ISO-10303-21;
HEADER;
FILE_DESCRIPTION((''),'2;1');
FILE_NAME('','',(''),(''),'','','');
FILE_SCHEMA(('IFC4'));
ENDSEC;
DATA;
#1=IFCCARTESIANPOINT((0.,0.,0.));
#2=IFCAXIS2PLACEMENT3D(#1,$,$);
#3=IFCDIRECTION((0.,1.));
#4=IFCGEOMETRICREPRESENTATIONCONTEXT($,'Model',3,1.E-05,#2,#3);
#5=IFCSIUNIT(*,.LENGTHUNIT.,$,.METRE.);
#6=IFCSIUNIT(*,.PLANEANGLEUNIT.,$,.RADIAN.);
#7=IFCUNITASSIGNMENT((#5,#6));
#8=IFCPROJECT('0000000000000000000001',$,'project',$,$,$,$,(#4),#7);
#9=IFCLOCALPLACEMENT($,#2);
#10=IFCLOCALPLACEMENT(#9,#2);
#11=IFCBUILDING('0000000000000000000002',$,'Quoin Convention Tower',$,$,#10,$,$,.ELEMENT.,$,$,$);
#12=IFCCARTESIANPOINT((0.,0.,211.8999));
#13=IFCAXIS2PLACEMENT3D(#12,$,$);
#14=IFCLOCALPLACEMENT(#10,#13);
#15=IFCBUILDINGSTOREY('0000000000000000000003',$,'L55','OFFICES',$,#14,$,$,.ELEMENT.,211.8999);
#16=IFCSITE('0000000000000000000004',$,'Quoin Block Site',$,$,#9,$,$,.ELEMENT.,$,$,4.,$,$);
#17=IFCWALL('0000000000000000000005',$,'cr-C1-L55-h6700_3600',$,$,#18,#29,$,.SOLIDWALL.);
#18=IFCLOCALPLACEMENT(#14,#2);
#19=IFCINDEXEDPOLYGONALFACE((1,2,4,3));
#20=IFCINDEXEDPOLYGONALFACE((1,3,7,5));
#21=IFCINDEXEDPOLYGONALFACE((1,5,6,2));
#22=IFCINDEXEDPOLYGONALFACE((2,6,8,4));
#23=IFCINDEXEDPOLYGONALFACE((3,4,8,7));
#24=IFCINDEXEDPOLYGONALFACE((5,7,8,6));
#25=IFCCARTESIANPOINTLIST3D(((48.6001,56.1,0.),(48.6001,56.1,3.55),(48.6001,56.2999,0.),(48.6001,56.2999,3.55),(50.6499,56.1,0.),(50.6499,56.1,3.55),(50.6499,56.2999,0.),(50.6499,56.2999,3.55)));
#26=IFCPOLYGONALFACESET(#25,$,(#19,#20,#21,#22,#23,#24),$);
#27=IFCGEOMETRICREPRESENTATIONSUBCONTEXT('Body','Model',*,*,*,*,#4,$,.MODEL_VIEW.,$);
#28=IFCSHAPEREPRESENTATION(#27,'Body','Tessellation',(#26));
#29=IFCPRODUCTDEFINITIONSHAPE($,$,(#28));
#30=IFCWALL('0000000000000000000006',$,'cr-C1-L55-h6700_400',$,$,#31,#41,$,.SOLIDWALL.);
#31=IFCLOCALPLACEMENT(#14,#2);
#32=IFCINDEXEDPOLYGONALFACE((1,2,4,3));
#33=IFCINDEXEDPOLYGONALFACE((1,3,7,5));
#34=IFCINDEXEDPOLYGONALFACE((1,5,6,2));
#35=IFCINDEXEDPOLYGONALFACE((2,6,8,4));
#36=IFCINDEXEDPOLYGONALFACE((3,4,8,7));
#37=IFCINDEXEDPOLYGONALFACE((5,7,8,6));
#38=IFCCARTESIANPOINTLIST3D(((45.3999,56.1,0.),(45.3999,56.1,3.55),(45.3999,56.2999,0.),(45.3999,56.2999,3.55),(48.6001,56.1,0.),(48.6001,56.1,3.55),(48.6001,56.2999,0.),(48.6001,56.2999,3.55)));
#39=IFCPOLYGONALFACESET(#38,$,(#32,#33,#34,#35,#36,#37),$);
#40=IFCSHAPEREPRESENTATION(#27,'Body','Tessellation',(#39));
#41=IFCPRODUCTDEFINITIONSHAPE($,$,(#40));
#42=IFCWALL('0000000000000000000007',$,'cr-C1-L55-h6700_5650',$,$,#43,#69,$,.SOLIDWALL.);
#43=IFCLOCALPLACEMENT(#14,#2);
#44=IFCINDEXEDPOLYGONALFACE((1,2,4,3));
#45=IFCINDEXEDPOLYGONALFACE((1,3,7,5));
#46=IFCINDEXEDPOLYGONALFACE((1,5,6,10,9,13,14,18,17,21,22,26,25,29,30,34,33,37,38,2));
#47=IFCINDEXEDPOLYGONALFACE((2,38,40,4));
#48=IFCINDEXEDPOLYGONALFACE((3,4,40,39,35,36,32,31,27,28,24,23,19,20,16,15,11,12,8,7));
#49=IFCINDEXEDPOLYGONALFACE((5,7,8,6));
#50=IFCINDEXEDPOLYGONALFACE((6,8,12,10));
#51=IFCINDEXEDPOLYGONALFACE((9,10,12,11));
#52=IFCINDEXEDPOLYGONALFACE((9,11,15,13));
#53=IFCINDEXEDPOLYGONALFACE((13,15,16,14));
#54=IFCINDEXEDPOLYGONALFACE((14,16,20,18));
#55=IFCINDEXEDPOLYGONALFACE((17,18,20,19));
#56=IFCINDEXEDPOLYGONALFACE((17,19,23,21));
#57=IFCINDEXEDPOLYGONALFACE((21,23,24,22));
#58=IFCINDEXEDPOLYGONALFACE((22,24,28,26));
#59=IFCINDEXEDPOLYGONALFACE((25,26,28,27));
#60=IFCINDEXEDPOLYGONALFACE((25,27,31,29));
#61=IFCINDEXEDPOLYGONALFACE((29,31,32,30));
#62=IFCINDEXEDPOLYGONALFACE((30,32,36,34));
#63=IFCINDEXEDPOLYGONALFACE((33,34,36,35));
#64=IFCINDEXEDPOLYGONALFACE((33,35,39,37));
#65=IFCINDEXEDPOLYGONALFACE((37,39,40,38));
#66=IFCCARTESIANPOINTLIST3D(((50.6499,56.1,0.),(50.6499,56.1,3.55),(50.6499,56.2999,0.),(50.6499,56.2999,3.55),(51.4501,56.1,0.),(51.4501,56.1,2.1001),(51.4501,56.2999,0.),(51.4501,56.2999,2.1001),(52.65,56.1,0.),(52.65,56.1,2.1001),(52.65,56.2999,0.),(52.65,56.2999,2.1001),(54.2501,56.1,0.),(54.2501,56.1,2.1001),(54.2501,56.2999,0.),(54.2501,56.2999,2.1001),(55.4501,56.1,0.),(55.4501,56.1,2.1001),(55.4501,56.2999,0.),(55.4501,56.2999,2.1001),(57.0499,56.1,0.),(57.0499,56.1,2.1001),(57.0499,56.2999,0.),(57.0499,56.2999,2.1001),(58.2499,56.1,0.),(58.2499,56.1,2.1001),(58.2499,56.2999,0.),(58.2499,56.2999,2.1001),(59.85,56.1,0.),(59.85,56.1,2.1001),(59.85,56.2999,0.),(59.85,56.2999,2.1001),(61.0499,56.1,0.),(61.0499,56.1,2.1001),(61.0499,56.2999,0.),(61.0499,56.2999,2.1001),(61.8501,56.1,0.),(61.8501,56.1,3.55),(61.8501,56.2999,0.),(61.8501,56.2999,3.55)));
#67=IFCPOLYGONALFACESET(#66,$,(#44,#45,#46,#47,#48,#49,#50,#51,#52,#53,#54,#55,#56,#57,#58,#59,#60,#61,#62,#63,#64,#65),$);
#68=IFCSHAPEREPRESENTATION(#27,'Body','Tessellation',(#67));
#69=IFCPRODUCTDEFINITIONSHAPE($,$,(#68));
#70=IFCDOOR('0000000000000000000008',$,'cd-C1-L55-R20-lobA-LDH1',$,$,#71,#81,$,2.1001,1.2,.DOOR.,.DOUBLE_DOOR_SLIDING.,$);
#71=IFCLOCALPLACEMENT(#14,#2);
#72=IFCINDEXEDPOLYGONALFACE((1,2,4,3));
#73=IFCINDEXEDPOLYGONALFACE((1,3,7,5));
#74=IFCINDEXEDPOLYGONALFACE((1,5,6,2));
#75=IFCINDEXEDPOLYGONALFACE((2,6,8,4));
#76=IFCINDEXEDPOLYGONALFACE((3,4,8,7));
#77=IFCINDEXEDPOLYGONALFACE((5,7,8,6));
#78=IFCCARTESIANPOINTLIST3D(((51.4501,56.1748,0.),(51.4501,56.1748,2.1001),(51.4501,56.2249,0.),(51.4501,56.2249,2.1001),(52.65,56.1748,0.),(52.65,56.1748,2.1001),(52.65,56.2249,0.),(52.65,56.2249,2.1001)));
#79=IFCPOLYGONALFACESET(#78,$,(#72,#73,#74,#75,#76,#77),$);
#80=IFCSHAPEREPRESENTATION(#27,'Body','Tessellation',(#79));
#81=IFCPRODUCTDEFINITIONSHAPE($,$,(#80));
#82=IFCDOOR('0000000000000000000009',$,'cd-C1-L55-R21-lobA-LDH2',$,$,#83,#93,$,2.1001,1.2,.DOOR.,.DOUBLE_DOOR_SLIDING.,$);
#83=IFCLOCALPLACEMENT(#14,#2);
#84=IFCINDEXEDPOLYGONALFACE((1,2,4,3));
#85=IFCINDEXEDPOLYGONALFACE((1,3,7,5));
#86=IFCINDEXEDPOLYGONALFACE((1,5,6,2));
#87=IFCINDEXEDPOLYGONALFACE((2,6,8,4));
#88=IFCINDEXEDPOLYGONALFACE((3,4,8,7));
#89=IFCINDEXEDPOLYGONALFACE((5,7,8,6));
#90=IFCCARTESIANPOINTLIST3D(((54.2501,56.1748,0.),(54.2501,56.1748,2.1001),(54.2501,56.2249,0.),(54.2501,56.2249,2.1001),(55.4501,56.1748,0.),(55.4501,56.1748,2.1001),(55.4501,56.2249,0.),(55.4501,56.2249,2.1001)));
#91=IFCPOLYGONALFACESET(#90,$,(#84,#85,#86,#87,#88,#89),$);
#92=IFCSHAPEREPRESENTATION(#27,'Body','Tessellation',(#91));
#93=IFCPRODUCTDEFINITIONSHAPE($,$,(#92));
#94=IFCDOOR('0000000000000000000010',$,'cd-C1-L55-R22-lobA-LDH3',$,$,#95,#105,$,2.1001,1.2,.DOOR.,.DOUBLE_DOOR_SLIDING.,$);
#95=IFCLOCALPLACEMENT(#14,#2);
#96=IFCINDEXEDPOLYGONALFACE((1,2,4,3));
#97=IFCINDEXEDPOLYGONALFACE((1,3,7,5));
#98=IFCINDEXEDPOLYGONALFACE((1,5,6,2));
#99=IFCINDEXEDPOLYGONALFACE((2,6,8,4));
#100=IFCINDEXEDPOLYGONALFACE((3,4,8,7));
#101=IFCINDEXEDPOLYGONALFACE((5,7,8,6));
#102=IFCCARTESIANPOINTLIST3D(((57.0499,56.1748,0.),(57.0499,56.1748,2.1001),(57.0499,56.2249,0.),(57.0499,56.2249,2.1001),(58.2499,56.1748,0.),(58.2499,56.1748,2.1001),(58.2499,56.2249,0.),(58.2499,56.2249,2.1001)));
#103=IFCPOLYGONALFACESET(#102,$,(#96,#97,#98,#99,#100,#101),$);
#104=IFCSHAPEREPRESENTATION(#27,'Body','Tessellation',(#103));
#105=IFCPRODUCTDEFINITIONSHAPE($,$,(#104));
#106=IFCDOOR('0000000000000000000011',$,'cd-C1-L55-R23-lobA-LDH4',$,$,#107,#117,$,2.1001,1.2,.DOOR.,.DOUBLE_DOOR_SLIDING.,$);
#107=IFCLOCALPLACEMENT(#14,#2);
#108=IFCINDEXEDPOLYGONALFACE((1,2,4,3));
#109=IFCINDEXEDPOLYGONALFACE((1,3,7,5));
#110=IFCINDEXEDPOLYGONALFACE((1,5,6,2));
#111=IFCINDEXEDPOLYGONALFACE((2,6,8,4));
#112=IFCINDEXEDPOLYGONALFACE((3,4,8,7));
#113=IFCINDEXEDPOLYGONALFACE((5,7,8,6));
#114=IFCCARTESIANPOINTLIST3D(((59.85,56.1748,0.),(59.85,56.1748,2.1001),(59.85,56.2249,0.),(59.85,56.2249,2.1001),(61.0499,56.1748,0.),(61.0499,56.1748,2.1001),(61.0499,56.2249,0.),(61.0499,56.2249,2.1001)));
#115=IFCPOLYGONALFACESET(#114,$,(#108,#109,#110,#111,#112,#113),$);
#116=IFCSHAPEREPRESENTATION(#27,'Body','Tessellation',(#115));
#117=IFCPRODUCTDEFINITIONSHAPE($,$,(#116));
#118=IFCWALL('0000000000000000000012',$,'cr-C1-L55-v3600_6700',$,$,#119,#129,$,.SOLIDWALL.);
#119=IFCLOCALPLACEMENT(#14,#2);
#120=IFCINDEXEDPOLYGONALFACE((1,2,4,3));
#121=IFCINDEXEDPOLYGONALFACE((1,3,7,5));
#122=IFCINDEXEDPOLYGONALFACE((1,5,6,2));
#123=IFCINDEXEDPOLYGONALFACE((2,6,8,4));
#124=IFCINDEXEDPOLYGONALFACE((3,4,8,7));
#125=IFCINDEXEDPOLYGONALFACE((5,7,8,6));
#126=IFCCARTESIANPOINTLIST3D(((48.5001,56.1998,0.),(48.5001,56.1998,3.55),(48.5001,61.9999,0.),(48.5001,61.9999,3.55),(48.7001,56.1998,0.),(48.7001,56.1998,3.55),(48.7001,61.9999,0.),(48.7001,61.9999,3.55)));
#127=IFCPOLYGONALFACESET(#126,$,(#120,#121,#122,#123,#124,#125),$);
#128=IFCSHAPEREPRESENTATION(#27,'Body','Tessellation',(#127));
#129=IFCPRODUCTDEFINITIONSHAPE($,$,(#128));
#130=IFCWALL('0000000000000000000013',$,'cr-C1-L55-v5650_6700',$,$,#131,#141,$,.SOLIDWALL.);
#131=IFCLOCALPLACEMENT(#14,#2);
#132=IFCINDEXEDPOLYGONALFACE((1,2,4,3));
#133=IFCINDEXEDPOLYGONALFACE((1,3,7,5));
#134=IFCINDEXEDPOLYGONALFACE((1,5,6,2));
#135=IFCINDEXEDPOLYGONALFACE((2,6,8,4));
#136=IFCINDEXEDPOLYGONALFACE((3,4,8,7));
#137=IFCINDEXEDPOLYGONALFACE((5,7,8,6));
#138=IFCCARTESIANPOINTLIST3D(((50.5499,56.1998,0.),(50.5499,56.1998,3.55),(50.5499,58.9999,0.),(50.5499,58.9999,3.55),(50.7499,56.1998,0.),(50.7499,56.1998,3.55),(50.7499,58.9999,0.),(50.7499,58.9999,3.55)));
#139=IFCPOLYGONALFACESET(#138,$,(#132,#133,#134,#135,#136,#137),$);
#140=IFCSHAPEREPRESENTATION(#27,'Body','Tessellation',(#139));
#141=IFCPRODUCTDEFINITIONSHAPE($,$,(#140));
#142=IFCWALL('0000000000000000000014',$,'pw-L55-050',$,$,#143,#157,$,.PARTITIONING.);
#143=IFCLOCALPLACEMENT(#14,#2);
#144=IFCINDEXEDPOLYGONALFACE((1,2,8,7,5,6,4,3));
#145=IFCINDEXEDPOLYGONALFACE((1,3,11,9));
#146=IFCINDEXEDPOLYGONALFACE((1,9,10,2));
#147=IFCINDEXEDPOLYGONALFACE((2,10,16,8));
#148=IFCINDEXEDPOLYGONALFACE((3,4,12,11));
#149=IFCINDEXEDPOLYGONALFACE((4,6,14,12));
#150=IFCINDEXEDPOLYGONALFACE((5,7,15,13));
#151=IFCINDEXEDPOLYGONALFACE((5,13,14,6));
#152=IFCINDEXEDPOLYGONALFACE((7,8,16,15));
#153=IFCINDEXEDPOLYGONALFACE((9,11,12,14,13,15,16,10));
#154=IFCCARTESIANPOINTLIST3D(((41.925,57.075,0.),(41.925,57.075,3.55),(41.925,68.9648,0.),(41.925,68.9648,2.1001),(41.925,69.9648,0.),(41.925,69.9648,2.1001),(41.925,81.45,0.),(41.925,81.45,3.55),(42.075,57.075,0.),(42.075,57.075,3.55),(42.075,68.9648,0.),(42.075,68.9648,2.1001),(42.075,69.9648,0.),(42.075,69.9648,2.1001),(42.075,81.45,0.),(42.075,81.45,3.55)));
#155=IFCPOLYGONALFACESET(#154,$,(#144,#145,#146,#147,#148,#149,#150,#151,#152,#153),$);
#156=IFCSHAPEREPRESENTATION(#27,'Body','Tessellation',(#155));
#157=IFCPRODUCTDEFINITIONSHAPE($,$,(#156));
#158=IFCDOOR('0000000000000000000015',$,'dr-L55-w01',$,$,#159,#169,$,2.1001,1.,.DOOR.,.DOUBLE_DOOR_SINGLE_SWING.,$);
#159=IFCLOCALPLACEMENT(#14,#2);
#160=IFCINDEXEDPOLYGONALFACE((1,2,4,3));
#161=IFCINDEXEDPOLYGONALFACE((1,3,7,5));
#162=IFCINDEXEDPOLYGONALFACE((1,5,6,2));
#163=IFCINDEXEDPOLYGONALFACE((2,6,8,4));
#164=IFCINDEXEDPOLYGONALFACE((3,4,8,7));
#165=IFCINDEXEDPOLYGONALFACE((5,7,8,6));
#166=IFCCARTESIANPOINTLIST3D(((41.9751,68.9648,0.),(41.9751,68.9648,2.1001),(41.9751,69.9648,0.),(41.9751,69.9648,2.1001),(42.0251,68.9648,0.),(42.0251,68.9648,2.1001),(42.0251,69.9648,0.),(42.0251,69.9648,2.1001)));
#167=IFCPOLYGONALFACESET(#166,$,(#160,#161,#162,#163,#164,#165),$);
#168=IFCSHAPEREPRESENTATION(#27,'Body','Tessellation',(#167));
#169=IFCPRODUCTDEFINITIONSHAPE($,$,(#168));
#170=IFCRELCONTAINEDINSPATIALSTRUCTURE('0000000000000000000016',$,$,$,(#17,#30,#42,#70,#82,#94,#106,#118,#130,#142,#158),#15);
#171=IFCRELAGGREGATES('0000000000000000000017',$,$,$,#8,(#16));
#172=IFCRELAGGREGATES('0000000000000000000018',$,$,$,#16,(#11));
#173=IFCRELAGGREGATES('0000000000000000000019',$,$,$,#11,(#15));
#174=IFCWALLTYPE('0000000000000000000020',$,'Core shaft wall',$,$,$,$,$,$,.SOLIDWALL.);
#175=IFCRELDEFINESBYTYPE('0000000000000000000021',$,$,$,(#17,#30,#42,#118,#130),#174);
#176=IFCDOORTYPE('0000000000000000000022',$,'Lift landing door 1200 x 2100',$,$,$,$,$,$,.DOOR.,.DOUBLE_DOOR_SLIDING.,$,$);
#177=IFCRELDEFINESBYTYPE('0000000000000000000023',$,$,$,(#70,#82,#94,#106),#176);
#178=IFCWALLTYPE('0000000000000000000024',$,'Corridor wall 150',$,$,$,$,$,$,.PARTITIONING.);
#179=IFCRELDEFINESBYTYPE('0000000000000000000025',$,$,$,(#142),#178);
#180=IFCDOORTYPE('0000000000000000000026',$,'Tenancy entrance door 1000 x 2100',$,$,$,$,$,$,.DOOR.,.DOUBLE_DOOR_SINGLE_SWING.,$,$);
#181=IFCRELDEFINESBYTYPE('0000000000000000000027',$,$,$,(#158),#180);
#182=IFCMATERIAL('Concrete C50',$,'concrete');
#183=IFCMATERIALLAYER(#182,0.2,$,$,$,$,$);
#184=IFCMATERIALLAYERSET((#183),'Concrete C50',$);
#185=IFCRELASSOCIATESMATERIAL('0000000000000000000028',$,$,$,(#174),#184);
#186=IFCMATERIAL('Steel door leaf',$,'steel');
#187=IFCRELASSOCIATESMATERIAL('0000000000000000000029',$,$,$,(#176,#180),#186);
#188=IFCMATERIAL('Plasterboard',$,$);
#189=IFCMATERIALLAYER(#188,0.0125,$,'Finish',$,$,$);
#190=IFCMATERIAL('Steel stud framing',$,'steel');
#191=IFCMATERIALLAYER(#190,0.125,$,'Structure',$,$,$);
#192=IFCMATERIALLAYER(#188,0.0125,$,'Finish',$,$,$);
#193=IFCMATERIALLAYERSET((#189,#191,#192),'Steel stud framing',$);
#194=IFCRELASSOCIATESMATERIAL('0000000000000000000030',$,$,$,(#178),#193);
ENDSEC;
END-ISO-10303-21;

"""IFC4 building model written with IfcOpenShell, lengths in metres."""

from ifc_helpers import new_model, si_unit, direction, frame, frame_2d, origin, place, context, subcontext, project, spatial, rectangle, extrude, material, layer, layer_set, type_object, element, fill, save


model = new_model("IFC4")

# Units and contexts
model_context = context("Model", 3, precision=1e-05, world=origin(), true_north=direction((0.0, 1.0)))
body_context = subcontext(model_context, "Body", "Model", "MODEL_VIEW")
ifc_project = project(units=[si_unit("LENGTHUNIT", "METRE"), si_unit("PLANEANGLEUNIT", "RADIAN")], contexts=[model_context])

# Site, building, storey
site_placement = place(None, origin())
site = spatial("IfcSite", under=ifc_project, at=site_placement, Name="Quoin Block Site", CompositionType="ELEMENT", RefElevation=4.0)
building_placement = place(site_placement, origin())
building = spatial("IfcBuilding", under=site, at=building_placement, Name="Quoin Convention Tower", CompositionType="ELEMENT")
storey_placement = place(building_placement, frame((0.0, 0.0, 211.8999)))
storey = spatial("IfcBuildingStorey", under=building, at=storey_placement, Name="L55", Description="OFFICES", CompositionType="ELEMENT", Elevation=211.8999)

# Walls
ifc_material_1 = material(Name="Concrete C50", Category="concrete")
ifc_layer_1 = layer(ifc_material_1, 0.2)
ifc_layer_set_1 = layer_set([ifc_layer_1], Name="Concrete C50")
wall_type_1 = type_object("IfcWallType", Name="Core shaft wall", PredefinedType="SOLIDWALL", material=ifc_layer_set_1)
wall_1_placement = place(storey_placement, frame((48.6001, 56.2, 0.0), z_axis=(0.0, 0.0, 1.0), x_axis=(1.0, 0.0, 0.0)))
element("IfcWall", 1, at=wall_1_placement, inside=storey, type_object=wall_type_1, Name="cr-C1-L55-h6700_3600", PredefinedType="SOLIDWALL", context=body_context, shape_type="SweptSolid", body=[
    extrude(rectangle(XDim=2.0498, YDim=0.2, at=frame_2d((1.0249, 0.0))), origin(), (0.0, 0.0, 1.0), 3.55),
])
wall_2_placement = place(storey_placement, frame((45.3999, 56.2, 0.0), z_axis=(0.0, 0.0, 1.0), x_axis=(1.0, 0.0, 0.0)))
element("IfcWall", 2, at=wall_2_placement, inside=storey, type_object=wall_type_1, Name="cr-C1-L55-h6700_400", PredefinedType="SOLIDWALL", context=body_context, shape_type="SweptSolid", body=[
    extrude(rectangle(XDim=3.2002, YDim=0.2, at=frame_2d((1.6001, 0.0))), origin(), (0.0, 0.0, 1.0), 3.55),
])

# Wall, openings, doors
wall_3_placement = place(storey_placement, frame((50.6499, 56.2, 0.0), z_axis=(0.0, 0.0, 1.0), x_axis=(1.0, 0.0, 0.0)))
wall_3 = element("IfcWall", 3, at=wall_3_placement, inside=storey, type_object=wall_type_1, Name="cr-C1-L55-h6700_5650", PredefinedType="SOLIDWALL", context=body_context, shape_type="SweptSolid", body=[
    extrude(rectangle(XDim=11.2002, YDim=0.2, at=frame_2d((5.6001, 0.0))), origin(), (0.0, 0.0, 1.0), 3.55),
])
opening_1_placement = place(wall_3_placement, frame((0.8, 0.0, 0.0)))
opening_1 = element("IfcOpeningElement", 4, at=opening_1_placement, cuts=wall_3, PredefinedType="OPENING", context=body_context, shape_type="SweptSolid", body=[
    extrude(rectangle(XDim=1.2, YDim=2.1001, at=frame_2d((0.6001, 1.05))), frame((0.0, 0.1099, 0.0), z_axis=(0.0, -1.0, 0.0), x_axis=(1.0, 0.0, 0.0)), (0.0, 0.0, 1.0), 0.22),
])
opening_2_placement = place(wall_3_placement, frame((3.6001, 0.0, 0.0)))
opening_2 = element("IfcOpeningElement", 5, at=opening_2_placement, cuts=wall_3, PredefinedType="OPENING", context=body_context, shape_type="SweptSolid", body=[
    extrude(rectangle(XDim=1.2, YDim=2.1001, at=frame_2d((0.6001, 1.05))), frame((0.0, 0.1099, 0.0), z_axis=(0.0, -1.0, 0.0), x_axis=(1.0, 0.0, 0.0)), (0.0, 0.0, 1.0), 0.22),
])
opening_3_placement = place(wall_3_placement, frame((6.3999, 0.0, 0.0)))
opening_3 = element("IfcOpeningElement", 6, at=opening_3_placement, cuts=wall_3, PredefinedType="OPENING", context=body_context, shape_type="SweptSolid", body=[
    extrude(rectangle(XDim=1.2, YDim=2.1001, at=frame_2d((0.6001, 1.05))), frame((0.0, 0.1099, 0.0), z_axis=(0.0, -1.0, 0.0), x_axis=(1.0, 0.0, 0.0)), (0.0, 0.0, 1.0), 0.22),
])
opening_4_placement = place(wall_3_placement, frame((9.2, 0.0, 0.0)))
opening_4 = element("IfcOpeningElement", 7, at=opening_4_placement, cuts=wall_3, PredefinedType="OPENING", context=body_context, shape_type="SweptSolid", body=[
    extrude(rectangle(XDim=1.2, YDim=2.1001, at=frame_2d((0.6001, 1.05))), frame((0.0, 0.1099, 0.0), z_axis=(0.0, -1.0, 0.0), x_axis=(1.0, 0.0, 0.0)), (0.0, 0.0, 1.0), 0.22),
])
ifc_material_2 = material(Name="Steel door leaf", Category="steel")
door_type_1 = type_object("IfcDoorType", Name="Lift landing door 1200 x 2100", OperationType="DOUBLE_DOOR_SLIDING", PredefinedType="DOOR", material=ifc_material_2)
door_1_placement = place(opening_1_placement, origin())
door_1 = element("IfcDoor", 8, at=door_1_placement, inside=storey, type_object=door_type_1, Name="cd-C1-L55-R20-lobA-LDH1", OperationType="DOUBLE_DOOR_SLIDING", OverallHeight=2.1001, OverallWidth=1.2, PredefinedType="DOOR", context=body_context, shape_type="SweptSolid", body=[
    extrude(rectangle(XDim=1.2, YDim=2.1001, at=frame_2d((0.6001, 1.05))), frame((0.0, 0.0249, 0.0), z_axis=(0.0, -1.0, 0.0), x_axis=(1.0, 0.0, 0.0)), (0.0, 0.0, 1.0), 0.05),
])
fill(opening_1, door_1)
door_2_placement = place(opening_2_placement, origin())
door_2 = element("IfcDoor", 9, at=door_2_placement, inside=storey, type_object=door_type_1, Name="cd-C1-L55-R21-lobA-LDH2", OperationType="DOUBLE_DOOR_SLIDING", OverallHeight=2.1001, OverallWidth=1.2, PredefinedType="DOOR", context=body_context, shape_type="SweptSolid", body=[
    extrude(rectangle(XDim=1.2, YDim=2.1001, at=frame_2d((0.6001, 1.05))), frame((0.0, 0.0249, 0.0), z_axis=(0.0, -1.0, 0.0), x_axis=(1.0, 0.0, 0.0)), (0.0, 0.0, 1.0), 0.05),
])
fill(opening_2, door_2)
door_3_placement = place(opening_3_placement, origin())
door_3 = element("IfcDoor", 10, at=door_3_placement, inside=storey, type_object=door_type_1, Name="cd-C1-L55-R22-lobA-LDH3", OperationType="DOUBLE_DOOR_SLIDING", OverallHeight=2.1001, OverallWidth=1.2, PredefinedType="DOOR", context=body_context, shape_type="SweptSolid", body=[
    extrude(rectangle(XDim=1.2, YDim=2.1001, at=frame_2d((0.6001, 1.05))), frame((0.0, 0.0249, 0.0), z_axis=(0.0, -1.0, 0.0), x_axis=(1.0, 0.0, 0.0)), (0.0, 0.0, 1.0), 0.05),
])
fill(opening_3, door_3)
door_4_placement = place(opening_4_placement, origin())
door_4 = element("IfcDoor", 11, at=door_4_placement, inside=storey, type_object=door_type_1, Name="cd-C1-L55-R23-lobA-LDH4", OperationType="DOUBLE_DOOR_SLIDING", OverallHeight=2.1001, OverallWidth=1.2, PredefinedType="DOOR", context=body_context, shape_type="SweptSolid", body=[
    extrude(rectangle(XDim=1.2, YDim=2.1001, at=frame_2d((0.6001, 1.05))), frame((0.0, 0.0249, 0.0), z_axis=(0.0, -1.0, 0.0), x_axis=(1.0, 0.0, 0.0)), (0.0, 0.0, 1.0), 0.05),
])
fill(opening_4, door_4)

# Walls
wall_4_placement = place(storey_placement, frame((48.6001, 56.2, 0.0), z_axis=(0.0, 0.0, 1.0), x_axis=(0.0, 1.0, 0.0)))
element("IfcWall", 12, at=wall_4_placement, inside=storey, type_object=wall_type_1, Name="cr-C1-L55-v3600_6700", PredefinedType="SOLIDWALL", context=body_context, shape_type="SweptSolid", body=[
    extrude(rectangle(XDim=5.8, YDim=0.2, at=frame_2d((2.8999, 0.0))), origin(), (0.0, 0.0, 1.0), 3.55),
])
wall_5_placement = place(storey_placement, frame((50.6499, 56.2, 0.0), z_axis=(0.0, 0.0, 1.0), x_axis=(0.0, 1.0, 0.0)))
element("IfcWall", 13, at=wall_5_placement, inside=storey, type_object=wall_type_1, Name="cr-C1-L55-v5650_6700", PredefinedType="SOLIDWALL", context=body_context, shape_type="SweptSolid", body=[
    extrude(rectangle(XDim=2.8, YDim=0.2, at=frame_2d((1.3999, 0.0))), origin(), (0.0, 0.0, 1.0), 3.55),
])

# Wall, opening, door
ifc_material_3 = material(Name="Plasterboard")
ifc_layer_2 = layer(ifc_material_3, 0.0125, Name="Finish")
ifc_material_4 = material(Name="Steel stud framing", Category="steel")
ifc_layer_3 = layer(ifc_material_4, 0.125, Name="Structure")
ifc_layer_4 = layer(ifc_material_3, 0.0125, Name="Finish")
ifc_layer_set_2 = layer_set([ifc_layer_2, ifc_layer_3, ifc_layer_4], Name="Steel stud framing")
wall_type_2 = type_object("IfcWallType", Name="Corridor wall 150", PredefinedType="PARTITIONING", material=ifc_layer_set_2)
wall_6_placement = place(storey_placement, frame((42.0, 57.075, 0.0), z_axis=(0.0, 0.0, 1.0), x_axis=(0.0, 1.0, 0.0)))
wall_6 = element("IfcWall", 14, at=wall_6_placement, inside=storey, type_object=wall_type_2, Name="pw-L55-050", PredefinedType="PARTITIONING", context=body_context, shape_type="SweptSolid", body=[
    extrude(rectangle(XDim=24.375, YDim=0.1499, at=frame_2d((12.1875, 0.0))), origin(), (0.0, 0.0, 1.0), 3.55),
])
opening_5_placement = place(wall_6_placement, frame((11.8899, 0.0, 0.0)))
opening_5 = element("IfcOpeningElement", 15, at=opening_5_placement, cuts=wall_6, PredefinedType="OPENING", context=body_context, shape_type="SweptSolid", body=[
    extrude(rectangle(XDim=1.0, YDim=2.1001, at=frame_2d((0.5, 1.05))), frame((0.0, 0.085, 0.0), z_axis=(0.0, -1.0, 0.0), x_axis=(1.0, 0.0, 0.0)), (0.0, 0.0, 1.0), 0.1699),
])
door_type_2 = type_object("IfcDoorType", Name="Tenancy entrance door 1000 x 2100", OperationType="DOUBLE_DOOR_SINGLE_SWING", PredefinedType="DOOR", material=ifc_material_2)
door_5_placement = place(opening_5_placement, origin())
door_5 = element("IfcDoor", 16, at=door_5_placement, inside=storey, type_object=door_type_2, Name="dr-L55-w01", OperationType="DOUBLE_DOOR_SINGLE_SWING", OverallHeight=2.1001, OverallWidth=1.0, PredefinedType="DOOR", context=body_context, shape_type="SweptSolid", body=[
    extrude(rectangle(XDim=1.0, YDim=2.1001, at=frame_2d((0.5, 1.05))), frame((0.0, 0.0249, 0.0), z_axis=(0.0, -1.0, 0.0), x_axis=(1.0, 0.0, 0.0)), (0.0, 0.0, 1.0), 0.05),
])
fill(opening_5, door_5)

save(model, "model.ifc")
